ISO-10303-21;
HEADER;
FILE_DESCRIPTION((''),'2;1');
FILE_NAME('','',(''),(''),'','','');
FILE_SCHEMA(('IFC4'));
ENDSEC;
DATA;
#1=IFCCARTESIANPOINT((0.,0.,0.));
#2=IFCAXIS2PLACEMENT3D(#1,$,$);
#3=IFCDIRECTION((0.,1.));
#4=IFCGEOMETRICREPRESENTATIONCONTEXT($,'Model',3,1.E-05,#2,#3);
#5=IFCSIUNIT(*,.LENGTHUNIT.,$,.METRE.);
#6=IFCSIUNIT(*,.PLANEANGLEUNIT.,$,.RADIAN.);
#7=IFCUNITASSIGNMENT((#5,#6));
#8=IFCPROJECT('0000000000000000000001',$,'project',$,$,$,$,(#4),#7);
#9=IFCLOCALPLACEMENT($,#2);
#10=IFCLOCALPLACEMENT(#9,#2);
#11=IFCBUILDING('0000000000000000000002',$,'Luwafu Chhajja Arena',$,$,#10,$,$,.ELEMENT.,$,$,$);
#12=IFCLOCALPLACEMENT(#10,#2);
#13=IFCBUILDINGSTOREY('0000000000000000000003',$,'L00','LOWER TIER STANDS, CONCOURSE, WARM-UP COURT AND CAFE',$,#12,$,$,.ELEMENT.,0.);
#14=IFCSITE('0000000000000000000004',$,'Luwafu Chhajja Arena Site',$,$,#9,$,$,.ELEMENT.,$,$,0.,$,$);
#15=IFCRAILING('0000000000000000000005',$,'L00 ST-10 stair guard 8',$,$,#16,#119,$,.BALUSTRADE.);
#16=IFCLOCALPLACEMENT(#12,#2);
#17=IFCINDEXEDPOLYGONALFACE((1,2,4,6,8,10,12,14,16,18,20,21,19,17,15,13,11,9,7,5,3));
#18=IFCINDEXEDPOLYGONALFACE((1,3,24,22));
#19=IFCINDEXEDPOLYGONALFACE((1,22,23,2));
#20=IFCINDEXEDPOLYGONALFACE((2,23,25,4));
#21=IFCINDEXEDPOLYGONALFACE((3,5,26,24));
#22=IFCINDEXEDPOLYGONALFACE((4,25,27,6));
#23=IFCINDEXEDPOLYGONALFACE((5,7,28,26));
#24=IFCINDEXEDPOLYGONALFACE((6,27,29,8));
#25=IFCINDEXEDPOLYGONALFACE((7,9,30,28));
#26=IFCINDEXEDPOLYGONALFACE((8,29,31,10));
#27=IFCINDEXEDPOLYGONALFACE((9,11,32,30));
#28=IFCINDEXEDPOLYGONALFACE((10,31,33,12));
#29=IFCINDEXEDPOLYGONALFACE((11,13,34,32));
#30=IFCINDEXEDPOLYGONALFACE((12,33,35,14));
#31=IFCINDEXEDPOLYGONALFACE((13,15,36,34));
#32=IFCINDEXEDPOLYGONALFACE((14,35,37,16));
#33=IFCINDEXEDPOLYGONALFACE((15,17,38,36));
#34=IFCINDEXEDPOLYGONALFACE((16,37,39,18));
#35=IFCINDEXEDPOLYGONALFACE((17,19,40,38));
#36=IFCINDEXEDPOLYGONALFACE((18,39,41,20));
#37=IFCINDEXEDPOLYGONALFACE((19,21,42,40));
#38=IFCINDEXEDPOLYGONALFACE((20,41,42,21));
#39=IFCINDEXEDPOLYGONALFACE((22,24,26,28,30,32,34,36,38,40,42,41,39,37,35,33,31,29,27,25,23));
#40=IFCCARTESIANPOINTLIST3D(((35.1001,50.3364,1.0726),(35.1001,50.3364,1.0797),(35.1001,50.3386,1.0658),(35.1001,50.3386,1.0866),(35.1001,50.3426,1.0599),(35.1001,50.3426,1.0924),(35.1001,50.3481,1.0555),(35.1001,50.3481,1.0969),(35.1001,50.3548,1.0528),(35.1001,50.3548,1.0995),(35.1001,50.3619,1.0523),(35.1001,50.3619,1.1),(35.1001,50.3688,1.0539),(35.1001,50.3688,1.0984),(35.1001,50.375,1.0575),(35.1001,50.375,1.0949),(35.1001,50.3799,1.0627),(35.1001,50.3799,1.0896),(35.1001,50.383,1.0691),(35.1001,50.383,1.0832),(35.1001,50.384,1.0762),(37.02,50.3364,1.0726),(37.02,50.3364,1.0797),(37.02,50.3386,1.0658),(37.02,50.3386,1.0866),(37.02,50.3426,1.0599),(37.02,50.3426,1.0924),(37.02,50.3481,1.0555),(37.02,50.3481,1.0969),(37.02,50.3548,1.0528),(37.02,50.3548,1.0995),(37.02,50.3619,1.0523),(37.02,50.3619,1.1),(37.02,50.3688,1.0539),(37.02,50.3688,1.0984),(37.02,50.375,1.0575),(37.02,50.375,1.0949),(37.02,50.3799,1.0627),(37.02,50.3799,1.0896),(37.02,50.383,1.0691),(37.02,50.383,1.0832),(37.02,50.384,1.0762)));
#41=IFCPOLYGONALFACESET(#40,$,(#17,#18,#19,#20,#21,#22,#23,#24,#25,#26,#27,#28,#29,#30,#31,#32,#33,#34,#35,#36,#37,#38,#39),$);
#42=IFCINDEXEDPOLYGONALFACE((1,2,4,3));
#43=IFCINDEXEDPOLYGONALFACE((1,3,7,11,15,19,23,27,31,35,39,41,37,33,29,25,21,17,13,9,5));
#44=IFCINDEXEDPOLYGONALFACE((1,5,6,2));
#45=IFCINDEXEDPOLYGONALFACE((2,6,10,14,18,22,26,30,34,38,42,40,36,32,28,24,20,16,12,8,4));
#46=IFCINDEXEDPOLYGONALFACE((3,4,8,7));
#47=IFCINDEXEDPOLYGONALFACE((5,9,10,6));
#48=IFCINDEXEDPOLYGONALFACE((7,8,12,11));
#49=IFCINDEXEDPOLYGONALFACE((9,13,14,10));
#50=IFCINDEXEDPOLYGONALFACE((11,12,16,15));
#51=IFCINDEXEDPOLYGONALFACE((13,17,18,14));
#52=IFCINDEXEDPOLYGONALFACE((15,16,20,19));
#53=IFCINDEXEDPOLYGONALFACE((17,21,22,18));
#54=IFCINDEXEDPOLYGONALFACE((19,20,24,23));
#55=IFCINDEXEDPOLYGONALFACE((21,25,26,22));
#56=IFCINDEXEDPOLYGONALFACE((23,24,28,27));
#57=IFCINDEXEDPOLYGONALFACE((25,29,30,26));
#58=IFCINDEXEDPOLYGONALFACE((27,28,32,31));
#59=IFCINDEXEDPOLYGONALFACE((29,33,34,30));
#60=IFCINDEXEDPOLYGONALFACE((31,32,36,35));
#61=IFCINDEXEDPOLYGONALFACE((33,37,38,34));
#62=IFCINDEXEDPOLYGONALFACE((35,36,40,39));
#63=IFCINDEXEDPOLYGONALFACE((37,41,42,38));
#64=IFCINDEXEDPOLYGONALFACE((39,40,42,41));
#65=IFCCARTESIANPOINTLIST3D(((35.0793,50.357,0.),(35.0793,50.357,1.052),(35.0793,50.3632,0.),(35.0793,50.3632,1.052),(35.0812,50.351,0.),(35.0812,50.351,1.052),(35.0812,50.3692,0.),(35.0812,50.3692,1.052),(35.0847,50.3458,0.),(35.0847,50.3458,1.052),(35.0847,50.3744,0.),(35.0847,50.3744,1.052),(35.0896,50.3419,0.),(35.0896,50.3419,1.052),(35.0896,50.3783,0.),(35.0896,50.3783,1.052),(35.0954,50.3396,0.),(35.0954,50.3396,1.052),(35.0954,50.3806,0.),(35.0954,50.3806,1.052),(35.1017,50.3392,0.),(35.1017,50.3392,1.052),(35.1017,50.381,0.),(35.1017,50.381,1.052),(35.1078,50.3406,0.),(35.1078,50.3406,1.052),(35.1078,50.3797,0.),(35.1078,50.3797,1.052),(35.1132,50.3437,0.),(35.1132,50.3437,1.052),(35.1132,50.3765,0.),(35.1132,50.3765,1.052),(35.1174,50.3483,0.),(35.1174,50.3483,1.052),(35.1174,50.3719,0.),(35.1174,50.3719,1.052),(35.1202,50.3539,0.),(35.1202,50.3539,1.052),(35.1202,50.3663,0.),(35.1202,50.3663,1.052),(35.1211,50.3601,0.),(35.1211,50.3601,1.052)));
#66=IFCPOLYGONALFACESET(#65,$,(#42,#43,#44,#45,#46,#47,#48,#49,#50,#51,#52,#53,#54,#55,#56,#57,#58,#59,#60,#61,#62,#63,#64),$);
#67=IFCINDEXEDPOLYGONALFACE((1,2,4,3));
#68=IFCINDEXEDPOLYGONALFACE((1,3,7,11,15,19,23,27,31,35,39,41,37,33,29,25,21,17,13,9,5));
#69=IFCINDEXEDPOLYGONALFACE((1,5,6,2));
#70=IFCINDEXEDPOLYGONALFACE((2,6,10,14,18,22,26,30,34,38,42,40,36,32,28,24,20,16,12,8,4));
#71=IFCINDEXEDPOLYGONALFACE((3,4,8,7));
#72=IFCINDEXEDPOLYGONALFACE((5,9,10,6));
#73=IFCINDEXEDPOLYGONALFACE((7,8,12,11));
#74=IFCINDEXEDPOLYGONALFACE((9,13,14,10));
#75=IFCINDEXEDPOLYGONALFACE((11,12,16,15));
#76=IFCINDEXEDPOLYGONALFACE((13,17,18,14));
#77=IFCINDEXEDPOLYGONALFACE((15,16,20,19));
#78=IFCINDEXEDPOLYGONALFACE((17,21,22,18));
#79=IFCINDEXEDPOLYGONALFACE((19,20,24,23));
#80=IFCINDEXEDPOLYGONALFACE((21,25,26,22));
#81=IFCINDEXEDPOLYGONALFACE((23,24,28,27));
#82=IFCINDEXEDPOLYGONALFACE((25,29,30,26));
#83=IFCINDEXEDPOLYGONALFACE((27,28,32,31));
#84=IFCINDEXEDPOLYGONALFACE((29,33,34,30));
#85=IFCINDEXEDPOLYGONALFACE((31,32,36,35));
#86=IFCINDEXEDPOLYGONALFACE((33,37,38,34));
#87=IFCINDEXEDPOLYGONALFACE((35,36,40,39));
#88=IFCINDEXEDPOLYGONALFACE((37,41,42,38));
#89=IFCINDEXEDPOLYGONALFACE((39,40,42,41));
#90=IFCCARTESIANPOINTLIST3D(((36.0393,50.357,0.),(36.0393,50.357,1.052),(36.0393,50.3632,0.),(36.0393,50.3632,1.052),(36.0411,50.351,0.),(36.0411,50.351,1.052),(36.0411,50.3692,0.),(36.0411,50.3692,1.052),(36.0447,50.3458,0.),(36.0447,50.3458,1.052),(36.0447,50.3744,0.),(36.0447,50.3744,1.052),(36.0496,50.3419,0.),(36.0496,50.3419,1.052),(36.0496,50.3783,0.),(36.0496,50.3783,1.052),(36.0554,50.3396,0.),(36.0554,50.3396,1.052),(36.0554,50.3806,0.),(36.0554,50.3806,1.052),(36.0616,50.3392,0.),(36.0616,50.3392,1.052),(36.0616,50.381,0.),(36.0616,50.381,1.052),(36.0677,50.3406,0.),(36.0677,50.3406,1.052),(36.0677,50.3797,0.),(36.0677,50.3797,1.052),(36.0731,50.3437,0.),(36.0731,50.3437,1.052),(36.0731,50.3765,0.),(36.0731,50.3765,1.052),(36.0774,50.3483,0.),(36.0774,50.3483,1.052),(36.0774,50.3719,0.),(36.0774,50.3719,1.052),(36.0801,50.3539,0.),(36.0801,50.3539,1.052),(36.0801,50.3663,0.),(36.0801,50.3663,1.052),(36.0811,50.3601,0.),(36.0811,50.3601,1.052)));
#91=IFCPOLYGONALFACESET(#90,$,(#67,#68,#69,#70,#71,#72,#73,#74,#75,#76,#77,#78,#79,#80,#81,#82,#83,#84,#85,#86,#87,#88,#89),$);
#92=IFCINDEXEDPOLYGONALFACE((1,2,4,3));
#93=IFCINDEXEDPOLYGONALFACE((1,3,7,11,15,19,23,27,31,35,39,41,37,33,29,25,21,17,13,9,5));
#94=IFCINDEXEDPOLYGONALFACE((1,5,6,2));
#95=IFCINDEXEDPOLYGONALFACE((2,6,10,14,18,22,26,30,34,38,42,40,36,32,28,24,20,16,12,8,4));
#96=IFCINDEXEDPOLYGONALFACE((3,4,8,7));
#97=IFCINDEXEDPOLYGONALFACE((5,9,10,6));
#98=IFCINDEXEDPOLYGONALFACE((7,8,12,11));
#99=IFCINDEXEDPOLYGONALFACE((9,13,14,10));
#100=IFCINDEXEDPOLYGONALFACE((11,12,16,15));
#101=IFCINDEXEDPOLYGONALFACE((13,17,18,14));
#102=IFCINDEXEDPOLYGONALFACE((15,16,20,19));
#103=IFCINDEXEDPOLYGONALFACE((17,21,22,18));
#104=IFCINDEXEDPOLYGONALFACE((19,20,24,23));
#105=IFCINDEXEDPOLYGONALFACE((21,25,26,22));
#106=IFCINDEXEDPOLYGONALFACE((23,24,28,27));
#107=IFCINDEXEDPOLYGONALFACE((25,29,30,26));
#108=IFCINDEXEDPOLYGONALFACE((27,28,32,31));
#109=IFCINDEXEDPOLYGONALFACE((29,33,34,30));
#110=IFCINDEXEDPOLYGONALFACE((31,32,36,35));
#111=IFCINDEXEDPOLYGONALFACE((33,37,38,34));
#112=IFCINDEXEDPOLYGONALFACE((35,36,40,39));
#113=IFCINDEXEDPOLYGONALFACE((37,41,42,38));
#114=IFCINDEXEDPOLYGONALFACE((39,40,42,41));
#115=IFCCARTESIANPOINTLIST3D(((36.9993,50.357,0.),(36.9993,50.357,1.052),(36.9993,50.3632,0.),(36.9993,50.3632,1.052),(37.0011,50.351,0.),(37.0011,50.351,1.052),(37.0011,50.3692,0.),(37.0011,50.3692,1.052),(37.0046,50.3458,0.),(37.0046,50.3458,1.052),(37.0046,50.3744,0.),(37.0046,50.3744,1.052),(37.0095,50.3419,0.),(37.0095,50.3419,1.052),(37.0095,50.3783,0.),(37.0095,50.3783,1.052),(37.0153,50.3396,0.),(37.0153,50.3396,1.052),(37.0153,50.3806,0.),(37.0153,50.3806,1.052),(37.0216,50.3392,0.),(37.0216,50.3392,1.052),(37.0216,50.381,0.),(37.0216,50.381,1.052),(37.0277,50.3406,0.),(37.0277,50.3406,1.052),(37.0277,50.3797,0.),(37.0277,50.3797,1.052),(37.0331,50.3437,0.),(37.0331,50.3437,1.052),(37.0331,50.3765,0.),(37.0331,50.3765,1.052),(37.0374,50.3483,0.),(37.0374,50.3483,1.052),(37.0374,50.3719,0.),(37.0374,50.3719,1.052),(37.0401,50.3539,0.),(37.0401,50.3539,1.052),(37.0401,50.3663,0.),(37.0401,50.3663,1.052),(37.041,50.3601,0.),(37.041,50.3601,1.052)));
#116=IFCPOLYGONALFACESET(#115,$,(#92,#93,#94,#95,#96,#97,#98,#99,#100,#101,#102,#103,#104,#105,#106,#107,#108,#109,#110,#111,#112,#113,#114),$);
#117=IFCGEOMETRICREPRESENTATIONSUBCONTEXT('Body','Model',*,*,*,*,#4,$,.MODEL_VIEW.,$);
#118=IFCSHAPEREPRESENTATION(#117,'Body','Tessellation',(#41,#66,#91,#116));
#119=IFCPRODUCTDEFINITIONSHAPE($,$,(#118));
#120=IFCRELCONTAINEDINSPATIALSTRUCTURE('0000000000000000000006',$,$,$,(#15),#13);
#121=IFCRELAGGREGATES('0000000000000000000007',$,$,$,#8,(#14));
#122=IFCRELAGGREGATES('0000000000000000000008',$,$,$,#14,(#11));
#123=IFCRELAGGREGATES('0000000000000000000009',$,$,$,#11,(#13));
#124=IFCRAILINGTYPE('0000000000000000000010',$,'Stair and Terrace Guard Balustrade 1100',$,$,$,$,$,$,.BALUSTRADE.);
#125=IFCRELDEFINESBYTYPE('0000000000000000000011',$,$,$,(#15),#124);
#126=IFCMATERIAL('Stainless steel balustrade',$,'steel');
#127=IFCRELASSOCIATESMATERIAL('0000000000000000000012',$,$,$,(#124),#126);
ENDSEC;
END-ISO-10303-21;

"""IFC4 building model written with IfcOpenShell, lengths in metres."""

from ifc_helpers import new_model, si_unit, direction, frame, origin, origin_2d, place, context, subcontext, project, spatial, circle, extrude, material, type_object, element, save


model = new_model("IFC4")

# Units and contexts
model_context = context("Model", 3, precision=1e-05, world=origin(), true_north=direction((0.0, 1.0)))
body_context = subcontext(model_context, "Body", "Model", "MODEL_VIEW")
ifc_project = project(units=[si_unit("LENGTHUNIT", "METRE"), si_unit("PLANEANGLEUNIT", "RADIAN")], contexts=[model_context])

# Site, building, storey
site_placement = place(None, origin())
site = spatial("IfcSite", under=ifc_project, at=site_placement, Name="Luwafu Chhajja Arena Site", CompositionType="ELEMENT", RefElevation=0.0)
building_placement = place(site_placement, origin())
building = spatial("IfcBuilding", under=site, at=building_placement, Name="Luwafu Chhajja Arena", CompositionType="ELEMENT")
storey_placement = place(building_placement, origin())
storey = spatial("IfcBuildingStorey", under=building, at=storey_placement, Name="L00", Description="LOWER TIER STANDS, CONCOURSE, WARM-UP COURT AND CAFE", CompositionType="ELEMENT", Elevation=0.0)

# Railing
ifc_material_1 = material(Name="Stainless steel balustrade", Category="steel")
railing_type_1 = type_object("IfcRailingType", Name="Stair and Terrace Guard Balustrade 1100", PredefinedType="BALUSTRADE", material=ifc_material_1)
railing_1_placement = place(storey_placement, frame((35.1001, 50.3601, 0.0)))
element("IfcRailing", 1, at=railing_1_placement, inside=storey, type_object=railing_type_1, Name="L00 ST-10 stair guard 8", PredefinedType="BALUSTRADE", context=body_context, shape_type="SweptSolid", body=[
    extrude(circle(Radius=0.0239, at=origin_2d()), frame((0.0, 0.0, 1.0762), z_axis=(1.0, 0.0, 0.0), x_axis=(0.0, 1.0, 0.0)), (0.0, 0.0, 1.0), 1.9199),
    extrude(circle(Radius=0.021, at=origin_2d()), origin(), (0.0, 0.0, 1.0), 1.052),
    extrude(circle(Radius=0.021, at=origin_2d()), frame((0.96, 0.0, 0.0)), (0.0, 0.0, 1.0), 1.052),
    extrude(circle(Radius=0.021, at=origin_2d()), frame((1.9199, 0.0, 0.0)), (0.0, 0.0, 1.0), 1.052),
])

save(model, "model.ifc")
